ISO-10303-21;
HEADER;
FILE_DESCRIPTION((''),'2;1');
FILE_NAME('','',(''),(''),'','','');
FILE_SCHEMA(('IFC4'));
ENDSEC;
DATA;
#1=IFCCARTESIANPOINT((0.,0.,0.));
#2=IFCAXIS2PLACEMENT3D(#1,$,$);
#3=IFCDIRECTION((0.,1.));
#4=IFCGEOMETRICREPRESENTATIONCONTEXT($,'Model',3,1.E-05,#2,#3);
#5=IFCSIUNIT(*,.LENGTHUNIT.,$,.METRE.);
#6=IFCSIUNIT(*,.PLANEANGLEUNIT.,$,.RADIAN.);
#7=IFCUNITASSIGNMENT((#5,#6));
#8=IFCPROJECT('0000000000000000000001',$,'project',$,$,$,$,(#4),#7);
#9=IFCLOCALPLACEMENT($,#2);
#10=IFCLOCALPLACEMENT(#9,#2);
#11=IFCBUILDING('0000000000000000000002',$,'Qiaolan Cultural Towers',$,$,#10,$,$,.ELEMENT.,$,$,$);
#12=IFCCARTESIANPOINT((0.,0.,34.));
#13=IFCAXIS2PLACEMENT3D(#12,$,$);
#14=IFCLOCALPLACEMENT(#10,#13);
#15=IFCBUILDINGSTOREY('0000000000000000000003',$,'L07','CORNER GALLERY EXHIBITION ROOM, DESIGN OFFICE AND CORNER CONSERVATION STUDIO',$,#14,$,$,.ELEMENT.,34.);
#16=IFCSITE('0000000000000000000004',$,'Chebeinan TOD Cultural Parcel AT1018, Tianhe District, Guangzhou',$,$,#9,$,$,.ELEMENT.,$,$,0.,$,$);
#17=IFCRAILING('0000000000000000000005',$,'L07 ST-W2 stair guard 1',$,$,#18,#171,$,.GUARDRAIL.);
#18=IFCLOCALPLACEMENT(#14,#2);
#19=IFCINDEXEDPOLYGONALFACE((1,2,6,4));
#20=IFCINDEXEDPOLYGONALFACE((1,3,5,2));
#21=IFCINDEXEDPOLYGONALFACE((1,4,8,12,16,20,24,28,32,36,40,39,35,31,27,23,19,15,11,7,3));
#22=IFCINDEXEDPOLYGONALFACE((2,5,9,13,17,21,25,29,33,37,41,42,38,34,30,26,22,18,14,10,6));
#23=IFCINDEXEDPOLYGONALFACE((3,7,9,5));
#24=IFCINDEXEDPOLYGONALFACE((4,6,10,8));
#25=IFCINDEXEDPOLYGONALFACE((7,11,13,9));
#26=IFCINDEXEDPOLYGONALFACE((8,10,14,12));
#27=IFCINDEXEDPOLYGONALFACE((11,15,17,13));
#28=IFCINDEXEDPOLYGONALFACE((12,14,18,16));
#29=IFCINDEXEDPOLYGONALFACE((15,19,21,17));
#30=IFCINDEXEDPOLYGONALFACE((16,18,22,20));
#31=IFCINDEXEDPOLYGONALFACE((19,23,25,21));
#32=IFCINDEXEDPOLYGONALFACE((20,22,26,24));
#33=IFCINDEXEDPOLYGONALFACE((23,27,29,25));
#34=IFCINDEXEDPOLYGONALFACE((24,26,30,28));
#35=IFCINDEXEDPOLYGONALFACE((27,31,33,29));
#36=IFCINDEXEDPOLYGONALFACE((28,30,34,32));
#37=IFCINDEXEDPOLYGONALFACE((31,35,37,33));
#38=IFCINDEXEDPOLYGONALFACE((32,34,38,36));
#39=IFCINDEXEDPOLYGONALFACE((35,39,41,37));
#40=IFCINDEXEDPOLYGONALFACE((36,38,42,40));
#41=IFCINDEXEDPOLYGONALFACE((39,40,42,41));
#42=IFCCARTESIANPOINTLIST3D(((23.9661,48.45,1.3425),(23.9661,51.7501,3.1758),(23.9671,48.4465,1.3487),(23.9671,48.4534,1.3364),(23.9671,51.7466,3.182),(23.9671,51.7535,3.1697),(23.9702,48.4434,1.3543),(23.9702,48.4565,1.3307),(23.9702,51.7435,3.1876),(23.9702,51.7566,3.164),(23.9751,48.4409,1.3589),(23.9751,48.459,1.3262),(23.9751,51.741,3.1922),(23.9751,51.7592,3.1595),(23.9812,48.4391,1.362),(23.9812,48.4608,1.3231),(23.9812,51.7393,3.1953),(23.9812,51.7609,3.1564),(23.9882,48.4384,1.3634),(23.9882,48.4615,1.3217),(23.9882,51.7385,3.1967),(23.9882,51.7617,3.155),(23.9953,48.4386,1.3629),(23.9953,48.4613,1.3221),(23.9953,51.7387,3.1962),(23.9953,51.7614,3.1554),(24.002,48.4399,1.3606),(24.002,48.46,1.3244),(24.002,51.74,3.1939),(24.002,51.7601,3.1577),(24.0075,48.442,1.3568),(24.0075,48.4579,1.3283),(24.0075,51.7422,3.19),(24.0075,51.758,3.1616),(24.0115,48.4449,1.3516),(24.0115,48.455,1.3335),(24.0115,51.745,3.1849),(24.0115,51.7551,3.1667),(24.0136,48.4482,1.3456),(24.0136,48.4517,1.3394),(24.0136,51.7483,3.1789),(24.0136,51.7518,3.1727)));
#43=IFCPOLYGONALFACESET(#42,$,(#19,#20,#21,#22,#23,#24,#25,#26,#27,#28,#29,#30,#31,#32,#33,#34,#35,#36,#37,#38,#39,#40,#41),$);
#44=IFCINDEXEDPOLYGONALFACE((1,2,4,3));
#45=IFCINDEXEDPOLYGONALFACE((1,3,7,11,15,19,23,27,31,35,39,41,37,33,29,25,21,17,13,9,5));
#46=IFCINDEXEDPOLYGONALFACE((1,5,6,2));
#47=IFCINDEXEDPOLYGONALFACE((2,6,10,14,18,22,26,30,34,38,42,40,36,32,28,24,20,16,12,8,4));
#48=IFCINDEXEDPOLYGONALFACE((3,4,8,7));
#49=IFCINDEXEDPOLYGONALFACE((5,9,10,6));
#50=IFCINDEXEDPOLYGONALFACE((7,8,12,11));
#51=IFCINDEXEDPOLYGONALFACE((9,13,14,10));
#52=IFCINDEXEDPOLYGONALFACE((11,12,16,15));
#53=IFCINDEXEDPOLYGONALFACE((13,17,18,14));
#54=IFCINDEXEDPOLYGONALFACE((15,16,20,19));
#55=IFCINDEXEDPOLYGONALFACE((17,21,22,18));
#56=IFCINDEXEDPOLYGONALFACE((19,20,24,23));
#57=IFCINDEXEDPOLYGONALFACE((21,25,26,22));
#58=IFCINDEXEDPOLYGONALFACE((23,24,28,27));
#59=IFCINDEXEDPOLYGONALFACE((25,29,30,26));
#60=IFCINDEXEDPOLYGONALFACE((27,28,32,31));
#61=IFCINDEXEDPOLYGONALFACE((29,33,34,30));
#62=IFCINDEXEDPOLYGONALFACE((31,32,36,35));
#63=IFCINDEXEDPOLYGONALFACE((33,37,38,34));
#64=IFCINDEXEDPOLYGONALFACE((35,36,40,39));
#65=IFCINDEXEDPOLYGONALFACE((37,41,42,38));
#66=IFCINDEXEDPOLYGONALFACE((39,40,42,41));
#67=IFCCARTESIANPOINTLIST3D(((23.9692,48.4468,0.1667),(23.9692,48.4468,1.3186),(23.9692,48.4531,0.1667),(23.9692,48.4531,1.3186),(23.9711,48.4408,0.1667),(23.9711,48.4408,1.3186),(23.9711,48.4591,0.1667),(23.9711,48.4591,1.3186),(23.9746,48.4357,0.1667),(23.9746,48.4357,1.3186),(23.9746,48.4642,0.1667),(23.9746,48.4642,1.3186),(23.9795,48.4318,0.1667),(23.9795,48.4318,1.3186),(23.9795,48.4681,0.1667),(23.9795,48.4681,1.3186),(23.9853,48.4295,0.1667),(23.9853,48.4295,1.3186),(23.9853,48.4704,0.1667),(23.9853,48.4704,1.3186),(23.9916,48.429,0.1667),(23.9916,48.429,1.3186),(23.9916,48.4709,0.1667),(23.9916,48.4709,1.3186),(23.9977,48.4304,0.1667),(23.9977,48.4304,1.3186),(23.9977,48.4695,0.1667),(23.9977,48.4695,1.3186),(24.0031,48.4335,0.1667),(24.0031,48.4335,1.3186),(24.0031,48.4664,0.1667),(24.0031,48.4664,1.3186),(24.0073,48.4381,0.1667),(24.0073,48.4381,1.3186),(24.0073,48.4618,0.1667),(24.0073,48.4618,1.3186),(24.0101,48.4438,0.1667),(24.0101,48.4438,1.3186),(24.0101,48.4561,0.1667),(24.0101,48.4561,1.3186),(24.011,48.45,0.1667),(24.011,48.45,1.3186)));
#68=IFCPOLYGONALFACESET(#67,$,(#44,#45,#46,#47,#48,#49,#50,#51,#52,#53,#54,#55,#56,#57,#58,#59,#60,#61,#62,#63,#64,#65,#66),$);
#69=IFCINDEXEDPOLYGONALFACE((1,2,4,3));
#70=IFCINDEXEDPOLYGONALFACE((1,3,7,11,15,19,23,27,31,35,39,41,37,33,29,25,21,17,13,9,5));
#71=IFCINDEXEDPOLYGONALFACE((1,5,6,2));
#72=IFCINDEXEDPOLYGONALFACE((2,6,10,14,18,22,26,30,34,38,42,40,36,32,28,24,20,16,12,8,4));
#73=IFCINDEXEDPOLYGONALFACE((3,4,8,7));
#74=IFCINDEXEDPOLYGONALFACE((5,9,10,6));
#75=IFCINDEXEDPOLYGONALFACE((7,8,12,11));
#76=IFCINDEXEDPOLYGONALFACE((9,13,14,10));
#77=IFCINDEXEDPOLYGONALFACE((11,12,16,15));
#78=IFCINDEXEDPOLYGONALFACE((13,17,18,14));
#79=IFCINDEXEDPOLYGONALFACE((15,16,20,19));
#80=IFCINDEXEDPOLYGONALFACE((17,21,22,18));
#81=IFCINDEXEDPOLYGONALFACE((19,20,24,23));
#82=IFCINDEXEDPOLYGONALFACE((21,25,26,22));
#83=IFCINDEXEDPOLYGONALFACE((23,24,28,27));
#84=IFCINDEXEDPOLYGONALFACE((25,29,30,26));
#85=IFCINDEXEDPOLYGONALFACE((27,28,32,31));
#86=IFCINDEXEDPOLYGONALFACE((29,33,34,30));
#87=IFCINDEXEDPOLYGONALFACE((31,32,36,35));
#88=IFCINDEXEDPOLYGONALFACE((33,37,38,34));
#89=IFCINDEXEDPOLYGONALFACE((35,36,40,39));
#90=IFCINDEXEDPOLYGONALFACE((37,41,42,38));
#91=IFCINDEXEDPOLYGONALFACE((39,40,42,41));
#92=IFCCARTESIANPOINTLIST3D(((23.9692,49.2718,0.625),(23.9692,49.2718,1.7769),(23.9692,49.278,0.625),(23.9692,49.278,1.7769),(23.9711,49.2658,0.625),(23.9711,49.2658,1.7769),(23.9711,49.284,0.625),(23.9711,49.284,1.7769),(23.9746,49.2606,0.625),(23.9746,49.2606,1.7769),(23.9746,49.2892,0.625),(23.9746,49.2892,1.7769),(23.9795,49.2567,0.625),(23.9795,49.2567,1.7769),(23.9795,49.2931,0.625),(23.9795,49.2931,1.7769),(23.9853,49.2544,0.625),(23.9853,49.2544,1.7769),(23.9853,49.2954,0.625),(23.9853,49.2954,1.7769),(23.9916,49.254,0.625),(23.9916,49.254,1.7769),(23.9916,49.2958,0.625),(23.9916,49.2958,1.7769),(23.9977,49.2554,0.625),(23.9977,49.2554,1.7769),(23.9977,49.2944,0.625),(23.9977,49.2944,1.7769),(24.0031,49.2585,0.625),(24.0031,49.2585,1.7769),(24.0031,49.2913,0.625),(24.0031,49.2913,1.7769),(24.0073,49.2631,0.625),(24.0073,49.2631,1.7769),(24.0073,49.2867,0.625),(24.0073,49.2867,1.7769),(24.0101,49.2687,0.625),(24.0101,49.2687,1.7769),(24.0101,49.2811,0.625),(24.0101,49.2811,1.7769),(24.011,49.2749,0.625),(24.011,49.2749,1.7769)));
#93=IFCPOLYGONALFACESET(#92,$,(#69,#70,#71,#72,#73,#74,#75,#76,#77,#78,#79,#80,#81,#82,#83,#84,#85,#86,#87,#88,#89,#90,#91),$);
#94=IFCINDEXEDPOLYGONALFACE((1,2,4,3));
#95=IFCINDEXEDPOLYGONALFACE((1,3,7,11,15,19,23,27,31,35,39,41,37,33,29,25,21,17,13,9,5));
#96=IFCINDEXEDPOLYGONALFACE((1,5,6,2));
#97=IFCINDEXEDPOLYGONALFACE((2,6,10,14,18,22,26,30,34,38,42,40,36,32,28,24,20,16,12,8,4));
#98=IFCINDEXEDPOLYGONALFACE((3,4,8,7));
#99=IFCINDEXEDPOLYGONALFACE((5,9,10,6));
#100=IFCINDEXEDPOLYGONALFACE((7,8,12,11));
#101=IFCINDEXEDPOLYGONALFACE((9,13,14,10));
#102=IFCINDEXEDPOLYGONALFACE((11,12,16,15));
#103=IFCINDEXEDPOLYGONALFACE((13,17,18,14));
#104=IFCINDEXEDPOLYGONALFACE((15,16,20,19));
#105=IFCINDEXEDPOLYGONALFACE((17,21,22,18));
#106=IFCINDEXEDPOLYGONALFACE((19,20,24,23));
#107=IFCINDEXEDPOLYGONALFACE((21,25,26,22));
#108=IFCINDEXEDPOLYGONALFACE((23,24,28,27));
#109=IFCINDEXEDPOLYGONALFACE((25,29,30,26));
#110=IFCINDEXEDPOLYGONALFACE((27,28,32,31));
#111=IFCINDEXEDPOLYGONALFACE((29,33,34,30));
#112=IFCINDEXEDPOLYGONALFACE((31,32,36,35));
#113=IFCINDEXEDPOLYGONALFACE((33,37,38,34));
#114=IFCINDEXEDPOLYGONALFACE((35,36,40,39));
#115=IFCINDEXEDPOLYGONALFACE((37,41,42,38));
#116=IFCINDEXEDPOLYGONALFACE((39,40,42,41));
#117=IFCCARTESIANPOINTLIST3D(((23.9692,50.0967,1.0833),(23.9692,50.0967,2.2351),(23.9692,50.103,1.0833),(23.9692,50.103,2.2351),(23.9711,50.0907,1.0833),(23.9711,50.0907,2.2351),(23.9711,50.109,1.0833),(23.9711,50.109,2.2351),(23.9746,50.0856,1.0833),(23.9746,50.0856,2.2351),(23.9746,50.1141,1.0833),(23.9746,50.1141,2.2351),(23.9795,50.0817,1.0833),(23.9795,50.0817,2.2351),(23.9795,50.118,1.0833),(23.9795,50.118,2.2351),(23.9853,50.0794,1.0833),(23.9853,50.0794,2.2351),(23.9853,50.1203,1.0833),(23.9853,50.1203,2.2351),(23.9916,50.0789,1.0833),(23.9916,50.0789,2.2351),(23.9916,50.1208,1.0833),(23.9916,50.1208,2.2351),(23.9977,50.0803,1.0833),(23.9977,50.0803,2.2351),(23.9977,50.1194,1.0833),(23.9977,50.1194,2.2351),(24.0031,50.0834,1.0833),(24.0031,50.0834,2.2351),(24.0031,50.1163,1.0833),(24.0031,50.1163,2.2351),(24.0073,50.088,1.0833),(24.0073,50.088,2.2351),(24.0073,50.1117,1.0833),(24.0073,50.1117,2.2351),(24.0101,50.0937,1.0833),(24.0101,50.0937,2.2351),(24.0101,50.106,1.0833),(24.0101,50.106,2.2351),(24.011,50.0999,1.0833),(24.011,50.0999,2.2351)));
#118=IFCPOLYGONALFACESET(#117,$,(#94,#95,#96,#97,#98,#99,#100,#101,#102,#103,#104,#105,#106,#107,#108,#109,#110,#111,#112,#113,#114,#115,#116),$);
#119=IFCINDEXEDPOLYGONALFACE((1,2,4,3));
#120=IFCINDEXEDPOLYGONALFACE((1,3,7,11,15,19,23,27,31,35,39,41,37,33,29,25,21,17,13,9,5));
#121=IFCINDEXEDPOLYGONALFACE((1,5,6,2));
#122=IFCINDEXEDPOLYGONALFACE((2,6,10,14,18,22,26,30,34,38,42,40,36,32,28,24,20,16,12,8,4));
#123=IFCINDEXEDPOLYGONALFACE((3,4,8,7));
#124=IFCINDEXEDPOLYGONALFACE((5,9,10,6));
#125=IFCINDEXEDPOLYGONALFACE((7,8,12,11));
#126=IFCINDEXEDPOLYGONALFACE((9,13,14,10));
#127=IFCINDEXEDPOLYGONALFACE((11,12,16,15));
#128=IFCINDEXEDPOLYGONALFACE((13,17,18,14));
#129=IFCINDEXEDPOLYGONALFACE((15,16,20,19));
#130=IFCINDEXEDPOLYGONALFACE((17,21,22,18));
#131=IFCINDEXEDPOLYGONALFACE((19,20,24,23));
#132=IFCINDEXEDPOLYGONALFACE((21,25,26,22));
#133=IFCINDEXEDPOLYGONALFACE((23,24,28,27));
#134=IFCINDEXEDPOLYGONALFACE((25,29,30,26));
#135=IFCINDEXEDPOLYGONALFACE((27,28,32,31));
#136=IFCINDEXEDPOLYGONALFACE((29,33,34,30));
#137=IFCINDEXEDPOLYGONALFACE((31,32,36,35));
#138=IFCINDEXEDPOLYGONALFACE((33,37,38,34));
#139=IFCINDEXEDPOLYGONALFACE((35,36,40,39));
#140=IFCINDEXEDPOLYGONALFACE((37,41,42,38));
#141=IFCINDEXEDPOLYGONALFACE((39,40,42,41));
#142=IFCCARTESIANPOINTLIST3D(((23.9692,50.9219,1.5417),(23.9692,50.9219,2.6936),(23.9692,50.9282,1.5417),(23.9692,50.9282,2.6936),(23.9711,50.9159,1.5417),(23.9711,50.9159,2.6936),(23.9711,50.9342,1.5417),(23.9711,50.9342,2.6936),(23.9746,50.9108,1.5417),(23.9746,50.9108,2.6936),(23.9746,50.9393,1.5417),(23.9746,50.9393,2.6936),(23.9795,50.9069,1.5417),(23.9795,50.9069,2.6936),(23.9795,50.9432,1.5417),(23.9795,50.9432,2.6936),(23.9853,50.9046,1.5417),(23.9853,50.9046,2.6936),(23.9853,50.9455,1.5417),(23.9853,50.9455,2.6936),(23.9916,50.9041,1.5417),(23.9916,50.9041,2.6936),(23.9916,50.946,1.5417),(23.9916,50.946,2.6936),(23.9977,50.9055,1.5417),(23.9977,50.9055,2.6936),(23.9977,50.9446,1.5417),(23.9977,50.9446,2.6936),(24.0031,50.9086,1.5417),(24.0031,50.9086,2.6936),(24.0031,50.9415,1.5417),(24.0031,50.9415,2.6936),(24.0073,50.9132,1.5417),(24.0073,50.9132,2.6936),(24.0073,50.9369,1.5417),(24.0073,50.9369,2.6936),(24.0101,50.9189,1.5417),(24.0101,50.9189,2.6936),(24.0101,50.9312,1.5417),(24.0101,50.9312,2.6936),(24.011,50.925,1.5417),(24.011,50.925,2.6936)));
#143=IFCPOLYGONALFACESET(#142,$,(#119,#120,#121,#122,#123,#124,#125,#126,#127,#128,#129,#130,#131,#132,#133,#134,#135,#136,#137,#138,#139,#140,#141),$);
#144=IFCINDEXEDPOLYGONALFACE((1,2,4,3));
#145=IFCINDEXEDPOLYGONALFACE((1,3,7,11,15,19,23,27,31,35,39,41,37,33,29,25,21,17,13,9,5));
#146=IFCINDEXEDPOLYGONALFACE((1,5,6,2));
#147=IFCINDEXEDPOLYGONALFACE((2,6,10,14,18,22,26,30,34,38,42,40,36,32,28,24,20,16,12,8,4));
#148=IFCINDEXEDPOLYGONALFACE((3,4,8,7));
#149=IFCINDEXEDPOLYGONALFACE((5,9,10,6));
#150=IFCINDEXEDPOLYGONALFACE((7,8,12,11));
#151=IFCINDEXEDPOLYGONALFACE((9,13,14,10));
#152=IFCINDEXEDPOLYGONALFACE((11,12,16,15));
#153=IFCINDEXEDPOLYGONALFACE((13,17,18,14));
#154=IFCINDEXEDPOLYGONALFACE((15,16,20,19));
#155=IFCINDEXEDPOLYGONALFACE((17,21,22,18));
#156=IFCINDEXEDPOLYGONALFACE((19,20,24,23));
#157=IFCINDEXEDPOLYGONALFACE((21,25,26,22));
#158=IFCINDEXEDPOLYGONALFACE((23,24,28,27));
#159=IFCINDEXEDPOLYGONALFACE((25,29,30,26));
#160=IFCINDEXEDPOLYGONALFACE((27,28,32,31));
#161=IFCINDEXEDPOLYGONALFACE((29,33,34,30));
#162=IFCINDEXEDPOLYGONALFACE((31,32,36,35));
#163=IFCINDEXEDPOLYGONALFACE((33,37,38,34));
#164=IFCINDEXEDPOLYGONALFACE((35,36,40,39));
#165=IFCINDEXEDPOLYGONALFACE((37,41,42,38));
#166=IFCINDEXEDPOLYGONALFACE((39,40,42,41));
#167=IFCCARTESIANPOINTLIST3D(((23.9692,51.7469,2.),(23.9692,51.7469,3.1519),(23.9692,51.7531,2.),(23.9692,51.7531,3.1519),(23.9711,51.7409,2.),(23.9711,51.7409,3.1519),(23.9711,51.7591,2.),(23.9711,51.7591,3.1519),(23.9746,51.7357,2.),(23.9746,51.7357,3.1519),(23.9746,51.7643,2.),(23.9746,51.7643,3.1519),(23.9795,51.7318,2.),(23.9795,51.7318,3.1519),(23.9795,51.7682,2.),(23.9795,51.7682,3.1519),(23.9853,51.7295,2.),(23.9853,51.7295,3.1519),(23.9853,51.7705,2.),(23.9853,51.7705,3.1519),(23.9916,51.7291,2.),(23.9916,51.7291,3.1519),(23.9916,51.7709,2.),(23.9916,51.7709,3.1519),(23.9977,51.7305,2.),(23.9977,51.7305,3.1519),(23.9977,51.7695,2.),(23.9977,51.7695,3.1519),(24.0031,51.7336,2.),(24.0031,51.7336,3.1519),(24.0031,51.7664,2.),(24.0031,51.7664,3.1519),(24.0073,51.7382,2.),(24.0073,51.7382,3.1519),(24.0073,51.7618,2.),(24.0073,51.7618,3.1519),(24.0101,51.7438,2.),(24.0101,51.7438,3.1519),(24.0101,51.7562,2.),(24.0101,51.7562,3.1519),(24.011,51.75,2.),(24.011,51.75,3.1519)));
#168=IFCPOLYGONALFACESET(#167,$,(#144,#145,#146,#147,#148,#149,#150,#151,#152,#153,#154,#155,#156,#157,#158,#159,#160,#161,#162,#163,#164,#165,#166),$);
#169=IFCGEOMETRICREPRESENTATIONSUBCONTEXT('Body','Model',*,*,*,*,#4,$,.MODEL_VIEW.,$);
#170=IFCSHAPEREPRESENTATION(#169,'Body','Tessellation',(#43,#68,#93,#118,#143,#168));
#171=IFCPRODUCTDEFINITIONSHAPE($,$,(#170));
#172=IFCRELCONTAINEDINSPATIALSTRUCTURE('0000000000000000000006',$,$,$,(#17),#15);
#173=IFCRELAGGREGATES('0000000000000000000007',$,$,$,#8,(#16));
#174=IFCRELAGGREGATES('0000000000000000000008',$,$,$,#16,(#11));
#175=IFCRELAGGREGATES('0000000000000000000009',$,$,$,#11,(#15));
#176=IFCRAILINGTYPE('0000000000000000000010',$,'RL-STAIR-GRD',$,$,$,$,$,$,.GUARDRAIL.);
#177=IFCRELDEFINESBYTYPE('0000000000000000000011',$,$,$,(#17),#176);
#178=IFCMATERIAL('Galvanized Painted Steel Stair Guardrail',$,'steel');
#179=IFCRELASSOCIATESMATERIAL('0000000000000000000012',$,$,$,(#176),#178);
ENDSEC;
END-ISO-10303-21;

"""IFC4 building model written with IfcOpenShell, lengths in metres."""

from ifc_helpers import new_model, si_unit, direction, frame, origin, origin_2d, place, context, subcontext, project, spatial, circle, extrude, material, type_object, element, save


model = new_model("IFC4")

# Units and contexts
model_context = context("Model", 3, precision=1e-05, world=origin(), true_north=direction((0.0, 1.0)))
body_context = subcontext(model_context, "Body", "Model", "MODEL_VIEW")
ifc_project = project(units=[si_unit("LENGTHUNIT", "METRE"), si_unit("PLANEANGLEUNIT", "RADIAN")], contexts=[model_context])

# Site, building, storey
site_placement = place(None, origin())
site = spatial("IfcSite", under=ifc_project, at=site_placement, Name="Chebeinan TOD Cultural Parcel AT1018, Tianhe District, Guangzhou", CompositionType="ELEMENT", RefElevation=0.0)
building_placement = place(site_placement, origin())
building = spatial("IfcBuilding", under=site, at=building_placement, Name="Qiaolan Cultural Towers", CompositionType="ELEMENT")
storey_placement = place(building_placement, frame((0.0, 0.0, 34.0)))
storey = spatial("IfcBuildingStorey", under=building, at=storey_placement, Name="L07", Description="CORNER GALLERY EXHIBITION ROOM, DESIGN OFFICE AND CORNER CONSERVATION STUDIO", CompositionType="ELEMENT", Elevation=34.0)

# Railing
ifc_material_1 = material(Name="Galvanized Painted Steel Stair Guardrail", Category="steel")
railing_type_1 = type_object("IfcRailingType", Name="RL-STAIR-GRD", PredefinedType="GUARDRAIL", material=ifc_material_1)
railing_1_placement = place(storey_placement, frame((23.99, 48.45, 0.1667)))
element("IfcRailing", 1, at=railing_1_placement, inside=storey, type_object=railing_type_1, Name="L07 ST-W2 stair guard 1", PredefinedType="GUARDRAIL", context=body_context, shape_type="SweptSolid", body=[
    extrude(circle(Radius=0.0239, at=origin_2d()), frame((0.0, 0.0, 1.1758), z_axis=(0.0, 0.874169, 0.485621), x_axis=(-1.0, 0.0, 0.0)), (0.0, 0.0, 1.0), 3.7751),
    extrude(circle(Radius=0.021, at=origin_2d()), origin(), (0.0, 0.0, 1.0), 1.1519),
    extrude(circle(Radius=0.021, at=origin_2d()), frame((0.0, 0.825, 0.4583)), (0.0, 0.0, 1.0), 1.1519),
    extrude(circle(Radius=0.021, at=origin_2d()), frame((0.0, 1.6499, 0.9165)), (0.0, 0.0, 1.0), 1.1519),
    extrude(circle(Radius=0.021, at=origin_2d()), frame((0.0, 2.4751, 1.375)), (0.0, 0.0, 1.0), 1.1519),
    extrude(circle(Radius=0.021, at=origin_2d()), frame((0.0, 3.3, 1.8333)), (0.0, 0.0, 1.0), 1.1519),
])

save(model, "model.ifc")
